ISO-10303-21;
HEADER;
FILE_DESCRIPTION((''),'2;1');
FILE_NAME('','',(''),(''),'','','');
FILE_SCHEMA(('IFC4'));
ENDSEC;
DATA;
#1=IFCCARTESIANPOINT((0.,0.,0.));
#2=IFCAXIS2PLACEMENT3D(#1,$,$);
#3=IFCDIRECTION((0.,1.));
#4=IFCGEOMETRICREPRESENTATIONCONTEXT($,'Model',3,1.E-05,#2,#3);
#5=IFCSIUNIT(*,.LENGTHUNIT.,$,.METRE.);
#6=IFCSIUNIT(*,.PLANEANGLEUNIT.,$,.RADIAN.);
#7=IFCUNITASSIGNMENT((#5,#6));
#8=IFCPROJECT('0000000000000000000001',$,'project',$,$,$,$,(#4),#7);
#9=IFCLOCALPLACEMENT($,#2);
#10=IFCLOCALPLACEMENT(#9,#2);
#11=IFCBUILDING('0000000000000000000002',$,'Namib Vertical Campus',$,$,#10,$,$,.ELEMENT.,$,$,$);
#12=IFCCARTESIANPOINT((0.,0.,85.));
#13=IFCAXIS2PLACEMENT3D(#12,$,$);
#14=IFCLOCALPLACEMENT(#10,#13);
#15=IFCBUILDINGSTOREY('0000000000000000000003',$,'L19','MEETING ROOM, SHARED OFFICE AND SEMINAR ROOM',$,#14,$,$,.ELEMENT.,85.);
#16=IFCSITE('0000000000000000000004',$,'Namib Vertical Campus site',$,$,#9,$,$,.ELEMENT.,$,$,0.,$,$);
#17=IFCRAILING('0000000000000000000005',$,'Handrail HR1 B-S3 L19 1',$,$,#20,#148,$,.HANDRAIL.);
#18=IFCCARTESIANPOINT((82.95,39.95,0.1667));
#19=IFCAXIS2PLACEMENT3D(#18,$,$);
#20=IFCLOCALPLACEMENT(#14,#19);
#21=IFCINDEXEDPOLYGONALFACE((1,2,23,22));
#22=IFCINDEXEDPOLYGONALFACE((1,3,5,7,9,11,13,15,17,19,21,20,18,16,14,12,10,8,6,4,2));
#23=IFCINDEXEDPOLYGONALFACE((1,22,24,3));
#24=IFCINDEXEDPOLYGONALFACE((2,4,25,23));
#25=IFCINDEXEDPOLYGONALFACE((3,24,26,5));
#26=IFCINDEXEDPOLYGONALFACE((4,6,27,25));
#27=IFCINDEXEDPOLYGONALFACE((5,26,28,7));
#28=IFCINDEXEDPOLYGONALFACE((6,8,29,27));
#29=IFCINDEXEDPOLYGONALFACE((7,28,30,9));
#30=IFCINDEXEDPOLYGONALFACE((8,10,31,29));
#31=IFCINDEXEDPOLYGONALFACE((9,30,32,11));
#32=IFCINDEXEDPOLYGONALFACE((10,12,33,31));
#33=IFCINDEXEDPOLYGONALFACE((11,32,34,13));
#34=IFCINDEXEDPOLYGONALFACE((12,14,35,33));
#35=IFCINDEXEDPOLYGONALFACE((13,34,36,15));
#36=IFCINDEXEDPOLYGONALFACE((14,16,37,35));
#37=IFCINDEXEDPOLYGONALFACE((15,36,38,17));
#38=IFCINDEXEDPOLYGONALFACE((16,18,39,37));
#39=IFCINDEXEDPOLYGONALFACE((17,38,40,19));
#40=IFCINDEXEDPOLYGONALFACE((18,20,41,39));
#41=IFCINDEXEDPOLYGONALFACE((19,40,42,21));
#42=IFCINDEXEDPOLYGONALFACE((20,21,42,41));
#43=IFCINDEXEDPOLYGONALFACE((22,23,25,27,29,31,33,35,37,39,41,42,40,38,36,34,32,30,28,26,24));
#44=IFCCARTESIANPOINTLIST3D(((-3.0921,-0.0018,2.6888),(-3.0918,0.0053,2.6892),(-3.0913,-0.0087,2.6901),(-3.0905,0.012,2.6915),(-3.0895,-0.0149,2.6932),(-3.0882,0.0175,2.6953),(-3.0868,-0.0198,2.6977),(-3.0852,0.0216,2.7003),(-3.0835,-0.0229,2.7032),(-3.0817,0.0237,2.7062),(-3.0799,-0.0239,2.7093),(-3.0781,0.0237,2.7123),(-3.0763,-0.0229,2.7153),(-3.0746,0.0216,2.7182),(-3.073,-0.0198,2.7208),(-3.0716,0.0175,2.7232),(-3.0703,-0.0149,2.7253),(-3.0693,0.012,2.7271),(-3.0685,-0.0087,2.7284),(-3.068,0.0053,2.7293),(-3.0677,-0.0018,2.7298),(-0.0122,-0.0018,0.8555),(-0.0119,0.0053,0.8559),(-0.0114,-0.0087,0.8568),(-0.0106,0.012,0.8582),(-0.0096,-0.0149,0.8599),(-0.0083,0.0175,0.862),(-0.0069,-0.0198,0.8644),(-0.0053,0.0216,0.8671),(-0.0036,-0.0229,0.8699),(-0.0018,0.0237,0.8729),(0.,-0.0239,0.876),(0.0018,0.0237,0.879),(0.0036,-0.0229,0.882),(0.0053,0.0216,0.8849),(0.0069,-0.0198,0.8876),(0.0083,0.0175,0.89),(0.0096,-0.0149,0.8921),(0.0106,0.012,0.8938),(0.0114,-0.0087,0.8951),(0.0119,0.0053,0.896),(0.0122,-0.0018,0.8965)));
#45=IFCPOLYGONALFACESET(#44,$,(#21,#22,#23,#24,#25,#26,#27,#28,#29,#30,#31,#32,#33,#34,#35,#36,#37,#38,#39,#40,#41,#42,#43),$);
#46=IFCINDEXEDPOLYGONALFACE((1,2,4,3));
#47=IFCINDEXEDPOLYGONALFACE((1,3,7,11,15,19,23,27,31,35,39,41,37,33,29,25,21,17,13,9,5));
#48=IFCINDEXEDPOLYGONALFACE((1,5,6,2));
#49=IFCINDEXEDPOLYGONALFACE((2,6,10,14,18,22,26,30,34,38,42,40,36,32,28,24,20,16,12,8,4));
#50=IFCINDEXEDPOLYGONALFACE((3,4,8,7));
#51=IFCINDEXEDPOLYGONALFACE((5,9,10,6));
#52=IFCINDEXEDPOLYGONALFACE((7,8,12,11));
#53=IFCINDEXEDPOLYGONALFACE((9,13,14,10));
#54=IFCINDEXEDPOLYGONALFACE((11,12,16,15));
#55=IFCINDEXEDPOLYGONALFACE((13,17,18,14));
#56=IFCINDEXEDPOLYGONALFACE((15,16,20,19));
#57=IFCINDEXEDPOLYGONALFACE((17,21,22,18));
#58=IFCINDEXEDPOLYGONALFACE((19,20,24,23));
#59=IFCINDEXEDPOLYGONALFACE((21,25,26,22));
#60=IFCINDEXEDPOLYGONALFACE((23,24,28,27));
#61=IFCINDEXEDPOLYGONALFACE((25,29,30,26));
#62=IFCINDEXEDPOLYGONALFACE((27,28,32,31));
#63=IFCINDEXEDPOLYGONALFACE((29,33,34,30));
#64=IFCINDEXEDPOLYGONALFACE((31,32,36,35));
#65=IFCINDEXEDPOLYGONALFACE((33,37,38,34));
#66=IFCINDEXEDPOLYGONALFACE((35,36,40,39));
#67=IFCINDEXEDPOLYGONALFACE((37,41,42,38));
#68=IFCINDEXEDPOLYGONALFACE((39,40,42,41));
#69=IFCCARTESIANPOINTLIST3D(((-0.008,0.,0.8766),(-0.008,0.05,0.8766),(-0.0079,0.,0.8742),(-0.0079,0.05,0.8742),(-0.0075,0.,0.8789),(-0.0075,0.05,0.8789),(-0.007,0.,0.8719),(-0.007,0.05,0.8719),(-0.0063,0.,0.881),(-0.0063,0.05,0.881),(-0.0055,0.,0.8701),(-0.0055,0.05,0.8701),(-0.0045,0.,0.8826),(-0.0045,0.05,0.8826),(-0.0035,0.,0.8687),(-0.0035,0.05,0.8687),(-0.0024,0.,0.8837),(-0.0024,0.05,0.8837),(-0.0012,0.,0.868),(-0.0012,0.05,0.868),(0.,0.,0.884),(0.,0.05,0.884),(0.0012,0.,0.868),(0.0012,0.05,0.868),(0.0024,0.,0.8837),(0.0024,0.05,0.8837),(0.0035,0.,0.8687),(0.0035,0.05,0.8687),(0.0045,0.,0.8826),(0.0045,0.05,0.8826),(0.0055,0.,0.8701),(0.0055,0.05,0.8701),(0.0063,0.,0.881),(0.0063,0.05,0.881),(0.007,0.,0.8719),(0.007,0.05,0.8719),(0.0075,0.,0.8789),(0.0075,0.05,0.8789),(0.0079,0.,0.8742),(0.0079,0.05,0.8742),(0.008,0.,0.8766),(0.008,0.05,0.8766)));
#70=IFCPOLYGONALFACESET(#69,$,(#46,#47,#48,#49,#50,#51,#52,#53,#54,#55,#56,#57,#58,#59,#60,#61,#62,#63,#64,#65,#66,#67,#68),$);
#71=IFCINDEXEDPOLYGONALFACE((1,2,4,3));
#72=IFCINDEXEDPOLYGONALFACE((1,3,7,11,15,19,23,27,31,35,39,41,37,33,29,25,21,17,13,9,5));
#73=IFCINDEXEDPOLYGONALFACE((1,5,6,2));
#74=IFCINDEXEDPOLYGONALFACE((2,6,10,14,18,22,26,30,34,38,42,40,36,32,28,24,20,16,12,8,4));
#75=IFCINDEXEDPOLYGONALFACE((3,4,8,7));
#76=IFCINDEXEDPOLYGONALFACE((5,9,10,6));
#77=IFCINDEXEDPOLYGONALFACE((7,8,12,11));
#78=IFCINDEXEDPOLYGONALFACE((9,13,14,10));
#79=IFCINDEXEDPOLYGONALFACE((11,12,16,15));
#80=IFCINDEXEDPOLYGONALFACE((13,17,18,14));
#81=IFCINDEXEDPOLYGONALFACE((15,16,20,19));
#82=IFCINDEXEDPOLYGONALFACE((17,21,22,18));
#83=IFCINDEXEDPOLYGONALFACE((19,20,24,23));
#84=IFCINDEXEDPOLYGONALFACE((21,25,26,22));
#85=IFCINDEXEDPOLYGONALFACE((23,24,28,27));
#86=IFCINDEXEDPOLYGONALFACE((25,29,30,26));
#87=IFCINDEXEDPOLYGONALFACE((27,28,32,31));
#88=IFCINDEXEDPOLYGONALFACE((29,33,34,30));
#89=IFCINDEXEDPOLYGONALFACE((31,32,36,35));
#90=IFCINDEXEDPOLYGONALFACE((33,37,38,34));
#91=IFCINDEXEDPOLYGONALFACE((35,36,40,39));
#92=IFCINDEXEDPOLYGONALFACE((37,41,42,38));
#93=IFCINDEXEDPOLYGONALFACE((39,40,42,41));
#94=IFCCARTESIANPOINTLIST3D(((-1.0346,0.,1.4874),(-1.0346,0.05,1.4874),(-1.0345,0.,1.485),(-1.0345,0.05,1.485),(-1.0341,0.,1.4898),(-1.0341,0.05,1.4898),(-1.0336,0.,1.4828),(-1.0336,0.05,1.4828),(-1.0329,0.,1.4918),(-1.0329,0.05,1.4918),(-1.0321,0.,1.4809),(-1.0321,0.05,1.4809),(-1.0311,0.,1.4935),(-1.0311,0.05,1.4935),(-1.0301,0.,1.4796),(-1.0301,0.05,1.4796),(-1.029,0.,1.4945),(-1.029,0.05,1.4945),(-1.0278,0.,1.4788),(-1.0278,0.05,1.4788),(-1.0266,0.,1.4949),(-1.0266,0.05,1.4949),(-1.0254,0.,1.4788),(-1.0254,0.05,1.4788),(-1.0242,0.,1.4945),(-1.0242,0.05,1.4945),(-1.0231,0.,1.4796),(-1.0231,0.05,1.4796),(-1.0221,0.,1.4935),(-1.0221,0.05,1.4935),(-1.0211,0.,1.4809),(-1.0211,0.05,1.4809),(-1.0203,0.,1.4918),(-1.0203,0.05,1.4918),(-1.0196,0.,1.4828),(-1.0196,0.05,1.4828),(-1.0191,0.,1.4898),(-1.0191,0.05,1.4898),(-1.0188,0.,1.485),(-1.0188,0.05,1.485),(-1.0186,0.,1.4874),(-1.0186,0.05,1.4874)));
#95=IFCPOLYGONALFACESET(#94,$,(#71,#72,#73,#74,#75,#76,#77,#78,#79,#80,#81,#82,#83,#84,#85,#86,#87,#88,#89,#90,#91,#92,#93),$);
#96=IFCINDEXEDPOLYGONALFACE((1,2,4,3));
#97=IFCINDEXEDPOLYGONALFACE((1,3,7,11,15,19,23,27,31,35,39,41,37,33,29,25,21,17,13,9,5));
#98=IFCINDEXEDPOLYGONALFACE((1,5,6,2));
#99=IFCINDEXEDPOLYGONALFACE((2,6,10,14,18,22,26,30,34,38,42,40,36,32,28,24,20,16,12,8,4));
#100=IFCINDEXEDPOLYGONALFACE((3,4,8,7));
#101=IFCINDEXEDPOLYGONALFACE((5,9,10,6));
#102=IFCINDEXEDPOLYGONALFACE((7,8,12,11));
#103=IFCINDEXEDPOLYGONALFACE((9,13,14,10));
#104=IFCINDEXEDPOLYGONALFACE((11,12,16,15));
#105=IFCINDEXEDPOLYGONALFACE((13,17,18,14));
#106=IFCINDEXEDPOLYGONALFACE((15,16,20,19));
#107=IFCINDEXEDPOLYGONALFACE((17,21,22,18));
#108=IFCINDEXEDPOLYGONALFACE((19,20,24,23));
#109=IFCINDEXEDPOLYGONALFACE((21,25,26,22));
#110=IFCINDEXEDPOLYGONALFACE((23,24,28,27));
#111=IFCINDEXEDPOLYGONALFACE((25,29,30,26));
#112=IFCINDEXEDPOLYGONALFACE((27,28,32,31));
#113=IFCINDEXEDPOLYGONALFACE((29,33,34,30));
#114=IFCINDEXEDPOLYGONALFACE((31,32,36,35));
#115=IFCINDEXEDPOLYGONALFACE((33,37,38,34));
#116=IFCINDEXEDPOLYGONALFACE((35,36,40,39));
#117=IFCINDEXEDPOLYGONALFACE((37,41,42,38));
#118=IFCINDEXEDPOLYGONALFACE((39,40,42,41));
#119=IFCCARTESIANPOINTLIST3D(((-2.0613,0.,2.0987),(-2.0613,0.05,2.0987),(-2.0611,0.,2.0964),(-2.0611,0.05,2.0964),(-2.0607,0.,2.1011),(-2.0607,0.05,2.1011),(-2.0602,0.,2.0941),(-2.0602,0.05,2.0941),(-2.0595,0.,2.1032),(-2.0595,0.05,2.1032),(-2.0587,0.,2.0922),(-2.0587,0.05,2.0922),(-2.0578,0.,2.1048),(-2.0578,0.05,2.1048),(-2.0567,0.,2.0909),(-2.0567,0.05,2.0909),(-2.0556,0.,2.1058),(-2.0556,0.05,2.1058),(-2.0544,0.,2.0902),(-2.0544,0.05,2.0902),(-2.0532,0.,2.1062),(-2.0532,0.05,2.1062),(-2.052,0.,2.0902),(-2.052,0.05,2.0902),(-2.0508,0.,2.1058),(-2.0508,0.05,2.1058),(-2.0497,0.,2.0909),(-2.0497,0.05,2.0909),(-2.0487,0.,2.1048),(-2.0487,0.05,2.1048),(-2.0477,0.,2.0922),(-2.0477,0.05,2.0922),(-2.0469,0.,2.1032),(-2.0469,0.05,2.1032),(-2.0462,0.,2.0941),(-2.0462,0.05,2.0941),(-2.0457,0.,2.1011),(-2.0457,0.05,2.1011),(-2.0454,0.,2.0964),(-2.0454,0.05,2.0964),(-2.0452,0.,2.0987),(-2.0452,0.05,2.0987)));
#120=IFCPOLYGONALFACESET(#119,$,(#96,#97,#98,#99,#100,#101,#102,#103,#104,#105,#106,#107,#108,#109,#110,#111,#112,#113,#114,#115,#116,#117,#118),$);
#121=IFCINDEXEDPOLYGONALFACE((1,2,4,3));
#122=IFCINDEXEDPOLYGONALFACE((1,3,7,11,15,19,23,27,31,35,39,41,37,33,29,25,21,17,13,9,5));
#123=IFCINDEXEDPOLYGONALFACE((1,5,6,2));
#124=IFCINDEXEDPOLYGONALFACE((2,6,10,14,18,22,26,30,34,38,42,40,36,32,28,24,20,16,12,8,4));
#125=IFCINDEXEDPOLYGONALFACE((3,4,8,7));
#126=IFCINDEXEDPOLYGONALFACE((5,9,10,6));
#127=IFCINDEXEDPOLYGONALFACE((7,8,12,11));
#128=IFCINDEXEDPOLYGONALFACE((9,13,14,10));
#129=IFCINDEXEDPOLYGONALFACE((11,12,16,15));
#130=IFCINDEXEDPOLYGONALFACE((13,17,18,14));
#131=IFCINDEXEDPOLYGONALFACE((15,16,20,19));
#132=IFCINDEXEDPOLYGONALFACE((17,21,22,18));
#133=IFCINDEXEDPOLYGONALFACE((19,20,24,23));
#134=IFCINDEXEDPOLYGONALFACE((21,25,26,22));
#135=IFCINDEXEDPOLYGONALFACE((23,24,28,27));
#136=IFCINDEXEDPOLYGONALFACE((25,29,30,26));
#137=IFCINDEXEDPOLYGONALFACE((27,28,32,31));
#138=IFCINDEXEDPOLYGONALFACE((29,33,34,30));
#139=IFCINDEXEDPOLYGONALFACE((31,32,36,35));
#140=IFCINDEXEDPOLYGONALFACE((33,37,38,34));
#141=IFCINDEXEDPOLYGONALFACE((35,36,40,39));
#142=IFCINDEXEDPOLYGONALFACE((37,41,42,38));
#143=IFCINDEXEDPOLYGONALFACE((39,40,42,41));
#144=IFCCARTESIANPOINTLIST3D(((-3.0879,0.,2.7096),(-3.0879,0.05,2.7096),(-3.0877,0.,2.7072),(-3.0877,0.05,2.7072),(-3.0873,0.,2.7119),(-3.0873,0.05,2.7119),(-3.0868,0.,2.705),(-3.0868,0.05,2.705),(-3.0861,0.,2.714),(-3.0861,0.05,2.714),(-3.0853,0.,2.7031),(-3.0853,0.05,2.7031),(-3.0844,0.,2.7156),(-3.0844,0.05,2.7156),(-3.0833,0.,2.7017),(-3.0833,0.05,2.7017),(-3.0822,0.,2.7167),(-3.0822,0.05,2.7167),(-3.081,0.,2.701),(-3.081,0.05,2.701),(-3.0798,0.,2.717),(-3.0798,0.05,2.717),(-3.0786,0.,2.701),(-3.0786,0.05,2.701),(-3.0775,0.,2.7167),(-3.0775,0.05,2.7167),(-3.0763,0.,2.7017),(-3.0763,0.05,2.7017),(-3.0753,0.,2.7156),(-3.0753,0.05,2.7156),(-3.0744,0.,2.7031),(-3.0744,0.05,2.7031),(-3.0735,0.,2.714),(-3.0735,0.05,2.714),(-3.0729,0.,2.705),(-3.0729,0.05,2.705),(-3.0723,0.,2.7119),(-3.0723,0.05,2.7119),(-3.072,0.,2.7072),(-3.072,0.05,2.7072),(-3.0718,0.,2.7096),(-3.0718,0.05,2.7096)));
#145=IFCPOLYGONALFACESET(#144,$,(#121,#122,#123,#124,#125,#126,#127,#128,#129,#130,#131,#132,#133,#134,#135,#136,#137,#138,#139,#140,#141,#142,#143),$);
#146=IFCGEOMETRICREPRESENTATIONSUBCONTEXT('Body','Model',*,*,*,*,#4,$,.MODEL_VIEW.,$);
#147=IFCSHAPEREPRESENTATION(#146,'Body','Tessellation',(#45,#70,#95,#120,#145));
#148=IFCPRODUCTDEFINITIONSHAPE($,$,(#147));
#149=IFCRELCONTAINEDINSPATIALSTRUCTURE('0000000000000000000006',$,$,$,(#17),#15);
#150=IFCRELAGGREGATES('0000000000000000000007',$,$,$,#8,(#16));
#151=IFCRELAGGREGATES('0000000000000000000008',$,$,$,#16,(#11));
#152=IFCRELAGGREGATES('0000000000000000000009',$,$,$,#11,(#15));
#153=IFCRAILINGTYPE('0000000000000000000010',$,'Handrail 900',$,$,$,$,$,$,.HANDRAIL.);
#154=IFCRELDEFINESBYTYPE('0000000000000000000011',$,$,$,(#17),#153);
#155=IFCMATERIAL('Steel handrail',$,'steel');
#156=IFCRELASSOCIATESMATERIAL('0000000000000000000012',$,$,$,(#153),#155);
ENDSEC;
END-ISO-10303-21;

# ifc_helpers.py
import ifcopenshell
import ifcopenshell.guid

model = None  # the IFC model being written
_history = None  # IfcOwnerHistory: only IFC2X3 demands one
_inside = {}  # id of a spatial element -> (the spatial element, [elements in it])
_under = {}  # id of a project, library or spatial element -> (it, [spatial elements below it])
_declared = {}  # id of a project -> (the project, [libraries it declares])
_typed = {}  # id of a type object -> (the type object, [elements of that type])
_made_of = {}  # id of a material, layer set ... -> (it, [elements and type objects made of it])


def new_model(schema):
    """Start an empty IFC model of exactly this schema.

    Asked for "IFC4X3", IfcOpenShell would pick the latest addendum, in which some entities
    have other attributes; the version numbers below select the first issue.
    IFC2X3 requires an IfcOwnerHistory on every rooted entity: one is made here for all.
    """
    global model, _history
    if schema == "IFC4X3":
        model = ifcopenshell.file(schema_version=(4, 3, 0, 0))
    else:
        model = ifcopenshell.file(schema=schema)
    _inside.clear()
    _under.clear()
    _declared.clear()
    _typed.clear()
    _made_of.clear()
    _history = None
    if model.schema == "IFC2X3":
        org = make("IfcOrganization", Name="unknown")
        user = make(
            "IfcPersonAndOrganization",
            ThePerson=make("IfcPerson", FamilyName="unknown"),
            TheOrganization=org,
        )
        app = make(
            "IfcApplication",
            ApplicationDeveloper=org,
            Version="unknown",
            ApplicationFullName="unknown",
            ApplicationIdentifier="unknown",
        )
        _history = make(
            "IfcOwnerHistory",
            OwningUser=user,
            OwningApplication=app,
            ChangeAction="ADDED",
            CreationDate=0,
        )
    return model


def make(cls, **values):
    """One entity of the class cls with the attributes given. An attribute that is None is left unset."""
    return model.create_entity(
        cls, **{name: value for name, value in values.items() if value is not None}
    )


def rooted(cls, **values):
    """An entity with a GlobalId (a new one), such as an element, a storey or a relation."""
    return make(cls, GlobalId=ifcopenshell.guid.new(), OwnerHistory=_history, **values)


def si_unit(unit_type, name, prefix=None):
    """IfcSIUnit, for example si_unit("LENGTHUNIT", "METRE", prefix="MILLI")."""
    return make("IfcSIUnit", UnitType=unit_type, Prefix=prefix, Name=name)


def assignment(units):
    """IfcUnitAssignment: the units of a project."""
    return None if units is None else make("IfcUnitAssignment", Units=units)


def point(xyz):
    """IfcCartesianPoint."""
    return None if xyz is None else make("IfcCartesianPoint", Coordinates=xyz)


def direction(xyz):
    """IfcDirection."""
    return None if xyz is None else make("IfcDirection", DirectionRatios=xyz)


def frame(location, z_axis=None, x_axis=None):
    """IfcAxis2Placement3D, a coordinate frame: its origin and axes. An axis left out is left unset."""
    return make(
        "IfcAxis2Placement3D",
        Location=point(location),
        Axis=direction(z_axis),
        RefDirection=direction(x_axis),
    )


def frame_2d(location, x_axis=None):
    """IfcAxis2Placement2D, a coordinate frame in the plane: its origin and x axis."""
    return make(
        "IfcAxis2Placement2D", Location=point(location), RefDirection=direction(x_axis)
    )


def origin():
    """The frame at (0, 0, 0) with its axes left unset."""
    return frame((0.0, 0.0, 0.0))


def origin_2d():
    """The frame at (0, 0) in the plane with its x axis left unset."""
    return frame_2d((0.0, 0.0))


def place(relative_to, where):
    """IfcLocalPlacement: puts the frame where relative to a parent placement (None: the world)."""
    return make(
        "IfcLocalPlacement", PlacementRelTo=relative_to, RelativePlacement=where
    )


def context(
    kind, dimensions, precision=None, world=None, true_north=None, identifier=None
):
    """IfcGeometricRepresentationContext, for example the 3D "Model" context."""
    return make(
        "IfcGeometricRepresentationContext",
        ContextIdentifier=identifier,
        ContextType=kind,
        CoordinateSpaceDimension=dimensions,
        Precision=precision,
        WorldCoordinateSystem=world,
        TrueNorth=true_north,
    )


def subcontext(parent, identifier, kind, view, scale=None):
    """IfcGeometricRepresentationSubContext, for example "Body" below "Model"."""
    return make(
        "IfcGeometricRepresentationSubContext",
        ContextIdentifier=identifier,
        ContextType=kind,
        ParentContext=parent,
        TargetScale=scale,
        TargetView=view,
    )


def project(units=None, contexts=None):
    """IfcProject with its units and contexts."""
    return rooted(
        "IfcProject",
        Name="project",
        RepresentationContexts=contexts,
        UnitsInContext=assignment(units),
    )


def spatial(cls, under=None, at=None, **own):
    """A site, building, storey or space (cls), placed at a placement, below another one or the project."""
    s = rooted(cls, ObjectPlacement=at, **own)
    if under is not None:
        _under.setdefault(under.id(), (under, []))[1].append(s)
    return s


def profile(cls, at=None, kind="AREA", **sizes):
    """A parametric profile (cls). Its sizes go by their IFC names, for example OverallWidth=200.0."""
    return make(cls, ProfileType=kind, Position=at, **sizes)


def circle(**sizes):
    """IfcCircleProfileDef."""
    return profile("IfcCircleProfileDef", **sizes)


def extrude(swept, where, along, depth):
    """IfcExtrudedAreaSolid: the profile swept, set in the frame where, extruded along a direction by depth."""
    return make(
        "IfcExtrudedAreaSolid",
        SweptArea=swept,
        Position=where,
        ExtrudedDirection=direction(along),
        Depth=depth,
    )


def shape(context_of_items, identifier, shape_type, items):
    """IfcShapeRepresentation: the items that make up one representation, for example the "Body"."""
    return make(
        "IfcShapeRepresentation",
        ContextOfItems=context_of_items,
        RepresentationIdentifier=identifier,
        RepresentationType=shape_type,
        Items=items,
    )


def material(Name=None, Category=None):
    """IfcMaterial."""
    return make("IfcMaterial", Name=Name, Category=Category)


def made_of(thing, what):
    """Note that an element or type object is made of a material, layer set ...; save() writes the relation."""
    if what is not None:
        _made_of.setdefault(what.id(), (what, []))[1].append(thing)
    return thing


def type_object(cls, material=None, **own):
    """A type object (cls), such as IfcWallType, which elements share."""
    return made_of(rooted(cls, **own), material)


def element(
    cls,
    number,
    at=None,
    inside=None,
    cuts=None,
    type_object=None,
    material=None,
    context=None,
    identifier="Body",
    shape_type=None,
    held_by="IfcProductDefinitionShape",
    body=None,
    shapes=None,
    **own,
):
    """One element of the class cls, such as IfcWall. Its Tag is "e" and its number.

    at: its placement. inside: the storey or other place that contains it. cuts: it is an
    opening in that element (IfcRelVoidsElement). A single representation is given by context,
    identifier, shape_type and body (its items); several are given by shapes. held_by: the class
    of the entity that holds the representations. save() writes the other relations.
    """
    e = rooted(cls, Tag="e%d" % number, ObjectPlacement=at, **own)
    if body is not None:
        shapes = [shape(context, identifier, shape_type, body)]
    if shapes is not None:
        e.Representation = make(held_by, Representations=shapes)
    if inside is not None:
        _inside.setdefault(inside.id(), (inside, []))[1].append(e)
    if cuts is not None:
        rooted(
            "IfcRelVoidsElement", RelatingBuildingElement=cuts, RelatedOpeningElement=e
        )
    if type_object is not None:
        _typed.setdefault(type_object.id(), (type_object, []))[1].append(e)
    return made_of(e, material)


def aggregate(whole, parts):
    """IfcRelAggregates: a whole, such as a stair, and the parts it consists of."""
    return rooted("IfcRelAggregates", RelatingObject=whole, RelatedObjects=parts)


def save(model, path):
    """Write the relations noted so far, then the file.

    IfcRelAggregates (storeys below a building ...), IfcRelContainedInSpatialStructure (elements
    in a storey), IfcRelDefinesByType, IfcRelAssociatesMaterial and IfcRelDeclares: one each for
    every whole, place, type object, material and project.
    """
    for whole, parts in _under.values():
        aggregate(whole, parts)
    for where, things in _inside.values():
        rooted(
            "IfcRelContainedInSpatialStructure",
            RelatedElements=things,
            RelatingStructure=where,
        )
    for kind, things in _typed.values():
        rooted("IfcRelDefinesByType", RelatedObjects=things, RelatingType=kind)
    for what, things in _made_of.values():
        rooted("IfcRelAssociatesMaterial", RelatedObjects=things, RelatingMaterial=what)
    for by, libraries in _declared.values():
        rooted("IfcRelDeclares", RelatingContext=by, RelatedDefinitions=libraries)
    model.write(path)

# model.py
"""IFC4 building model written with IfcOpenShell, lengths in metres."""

from ifc_helpers import new_model, si_unit, direction, frame, origin, origin_2d, place, context, subcontext, project, spatial, circle, extrude, material, type_object, element, save


model = new_model("IFC4")

# Units and contexts
model_context = context("Model", 3, precision=1e-05, world=origin(), true_north=direction((0.0, 1.0)))
body_context = subcontext(model_context, "Body", "Model", "MODEL_VIEW")
ifc_project = project(units=[si_unit("LENGTHUNIT", "METRE"), si_unit("PLANEANGLEUNIT", "RADIAN")], contexts=[model_context])

# Site, building, storey
site_placement = place(None, origin())
site = spatial("IfcSite", under=ifc_project, at=site_placement, Name="Namib Vertical Campus site", CompositionType="ELEMENT", RefElevation=0.0)
building_placement = place(site_placement, origin())
building = spatial("IfcBuilding", under=site, at=building_placement, Name="Namib Vertical Campus", CompositionType="ELEMENT")
storey_placement = place(building_placement, frame((0.0, 0.0, 85.0)))
storey = spatial("IfcBuildingStorey", under=building, at=storey_placement, Name="L19", Description="MEETING ROOM, SHARED OFFICE AND SEMINAR ROOM", CompositionType="ELEMENT", Elevation=85.0)

# Railing
ifc_material_1 = material(Name="Steel handrail", Category="steel")
railing_type_1 = type_object("IfcRailingType", Name="Handrail 900", PredefinedType="HANDRAIL", material=ifc_material_1)
railing_1_placement = place(storey_placement, frame((82.95, 39.95, 0.1667)))
element("IfcRailing", 1, at=railing_1_placement, inside=storey, type_object=railing_type_1, Name="Handrail HR1 B-S3 L19 1", PredefinedType="HANDRAIL", context=body_context, shape_type="SweptSolid", body=[
    extrude(circle(Radius=0.0239, at=origin_2d()), frame((0.0, 0.0, 0.876), z_axis=(-0.859291, 0.0, 0.511487), x_axis=(0.0, -1.0, 0.0)), (0.0, 0.0, 1.0), 3.5842),
    extrude(circle(Radius=0.0081, at=origin_2d()), frame((0.0, 0.0, 0.876), z_axis=(0.0, 1.0, 0.0), x_axis=(0.0, 0.0, 1.0)), (0.0, 0.0, 1.0), 0.05),
    extrude(circle(Radius=0.0081, at=origin_2d()), frame((-1.0266, 0.0, 1.4868), z_axis=(0.0, 1.0, 0.0), x_axis=(0.0, 0.0, 1.0)), (0.0, 0.0, 1.0), 0.05),
    extrude(circle(Radius=0.0081, at=origin_2d()), frame((-2.0532, 0.0, 2.0981), z_axis=(0.0, 1.0, 0.0), x_axis=(0.0, 0.0, 1.0)), (0.0, 0.0, 1.0), 0.05),
    extrude(circle(Radius=0.0081, at=origin_2d()), frame((-3.0798, 0.0, 2.709), z_axis=(0.0, 1.0, 0.0), x_axis=(0.0, 0.0, 1.0)), (0.0, 0.0, 1.0), 0.05),
])

save(model, "model.ifc")
